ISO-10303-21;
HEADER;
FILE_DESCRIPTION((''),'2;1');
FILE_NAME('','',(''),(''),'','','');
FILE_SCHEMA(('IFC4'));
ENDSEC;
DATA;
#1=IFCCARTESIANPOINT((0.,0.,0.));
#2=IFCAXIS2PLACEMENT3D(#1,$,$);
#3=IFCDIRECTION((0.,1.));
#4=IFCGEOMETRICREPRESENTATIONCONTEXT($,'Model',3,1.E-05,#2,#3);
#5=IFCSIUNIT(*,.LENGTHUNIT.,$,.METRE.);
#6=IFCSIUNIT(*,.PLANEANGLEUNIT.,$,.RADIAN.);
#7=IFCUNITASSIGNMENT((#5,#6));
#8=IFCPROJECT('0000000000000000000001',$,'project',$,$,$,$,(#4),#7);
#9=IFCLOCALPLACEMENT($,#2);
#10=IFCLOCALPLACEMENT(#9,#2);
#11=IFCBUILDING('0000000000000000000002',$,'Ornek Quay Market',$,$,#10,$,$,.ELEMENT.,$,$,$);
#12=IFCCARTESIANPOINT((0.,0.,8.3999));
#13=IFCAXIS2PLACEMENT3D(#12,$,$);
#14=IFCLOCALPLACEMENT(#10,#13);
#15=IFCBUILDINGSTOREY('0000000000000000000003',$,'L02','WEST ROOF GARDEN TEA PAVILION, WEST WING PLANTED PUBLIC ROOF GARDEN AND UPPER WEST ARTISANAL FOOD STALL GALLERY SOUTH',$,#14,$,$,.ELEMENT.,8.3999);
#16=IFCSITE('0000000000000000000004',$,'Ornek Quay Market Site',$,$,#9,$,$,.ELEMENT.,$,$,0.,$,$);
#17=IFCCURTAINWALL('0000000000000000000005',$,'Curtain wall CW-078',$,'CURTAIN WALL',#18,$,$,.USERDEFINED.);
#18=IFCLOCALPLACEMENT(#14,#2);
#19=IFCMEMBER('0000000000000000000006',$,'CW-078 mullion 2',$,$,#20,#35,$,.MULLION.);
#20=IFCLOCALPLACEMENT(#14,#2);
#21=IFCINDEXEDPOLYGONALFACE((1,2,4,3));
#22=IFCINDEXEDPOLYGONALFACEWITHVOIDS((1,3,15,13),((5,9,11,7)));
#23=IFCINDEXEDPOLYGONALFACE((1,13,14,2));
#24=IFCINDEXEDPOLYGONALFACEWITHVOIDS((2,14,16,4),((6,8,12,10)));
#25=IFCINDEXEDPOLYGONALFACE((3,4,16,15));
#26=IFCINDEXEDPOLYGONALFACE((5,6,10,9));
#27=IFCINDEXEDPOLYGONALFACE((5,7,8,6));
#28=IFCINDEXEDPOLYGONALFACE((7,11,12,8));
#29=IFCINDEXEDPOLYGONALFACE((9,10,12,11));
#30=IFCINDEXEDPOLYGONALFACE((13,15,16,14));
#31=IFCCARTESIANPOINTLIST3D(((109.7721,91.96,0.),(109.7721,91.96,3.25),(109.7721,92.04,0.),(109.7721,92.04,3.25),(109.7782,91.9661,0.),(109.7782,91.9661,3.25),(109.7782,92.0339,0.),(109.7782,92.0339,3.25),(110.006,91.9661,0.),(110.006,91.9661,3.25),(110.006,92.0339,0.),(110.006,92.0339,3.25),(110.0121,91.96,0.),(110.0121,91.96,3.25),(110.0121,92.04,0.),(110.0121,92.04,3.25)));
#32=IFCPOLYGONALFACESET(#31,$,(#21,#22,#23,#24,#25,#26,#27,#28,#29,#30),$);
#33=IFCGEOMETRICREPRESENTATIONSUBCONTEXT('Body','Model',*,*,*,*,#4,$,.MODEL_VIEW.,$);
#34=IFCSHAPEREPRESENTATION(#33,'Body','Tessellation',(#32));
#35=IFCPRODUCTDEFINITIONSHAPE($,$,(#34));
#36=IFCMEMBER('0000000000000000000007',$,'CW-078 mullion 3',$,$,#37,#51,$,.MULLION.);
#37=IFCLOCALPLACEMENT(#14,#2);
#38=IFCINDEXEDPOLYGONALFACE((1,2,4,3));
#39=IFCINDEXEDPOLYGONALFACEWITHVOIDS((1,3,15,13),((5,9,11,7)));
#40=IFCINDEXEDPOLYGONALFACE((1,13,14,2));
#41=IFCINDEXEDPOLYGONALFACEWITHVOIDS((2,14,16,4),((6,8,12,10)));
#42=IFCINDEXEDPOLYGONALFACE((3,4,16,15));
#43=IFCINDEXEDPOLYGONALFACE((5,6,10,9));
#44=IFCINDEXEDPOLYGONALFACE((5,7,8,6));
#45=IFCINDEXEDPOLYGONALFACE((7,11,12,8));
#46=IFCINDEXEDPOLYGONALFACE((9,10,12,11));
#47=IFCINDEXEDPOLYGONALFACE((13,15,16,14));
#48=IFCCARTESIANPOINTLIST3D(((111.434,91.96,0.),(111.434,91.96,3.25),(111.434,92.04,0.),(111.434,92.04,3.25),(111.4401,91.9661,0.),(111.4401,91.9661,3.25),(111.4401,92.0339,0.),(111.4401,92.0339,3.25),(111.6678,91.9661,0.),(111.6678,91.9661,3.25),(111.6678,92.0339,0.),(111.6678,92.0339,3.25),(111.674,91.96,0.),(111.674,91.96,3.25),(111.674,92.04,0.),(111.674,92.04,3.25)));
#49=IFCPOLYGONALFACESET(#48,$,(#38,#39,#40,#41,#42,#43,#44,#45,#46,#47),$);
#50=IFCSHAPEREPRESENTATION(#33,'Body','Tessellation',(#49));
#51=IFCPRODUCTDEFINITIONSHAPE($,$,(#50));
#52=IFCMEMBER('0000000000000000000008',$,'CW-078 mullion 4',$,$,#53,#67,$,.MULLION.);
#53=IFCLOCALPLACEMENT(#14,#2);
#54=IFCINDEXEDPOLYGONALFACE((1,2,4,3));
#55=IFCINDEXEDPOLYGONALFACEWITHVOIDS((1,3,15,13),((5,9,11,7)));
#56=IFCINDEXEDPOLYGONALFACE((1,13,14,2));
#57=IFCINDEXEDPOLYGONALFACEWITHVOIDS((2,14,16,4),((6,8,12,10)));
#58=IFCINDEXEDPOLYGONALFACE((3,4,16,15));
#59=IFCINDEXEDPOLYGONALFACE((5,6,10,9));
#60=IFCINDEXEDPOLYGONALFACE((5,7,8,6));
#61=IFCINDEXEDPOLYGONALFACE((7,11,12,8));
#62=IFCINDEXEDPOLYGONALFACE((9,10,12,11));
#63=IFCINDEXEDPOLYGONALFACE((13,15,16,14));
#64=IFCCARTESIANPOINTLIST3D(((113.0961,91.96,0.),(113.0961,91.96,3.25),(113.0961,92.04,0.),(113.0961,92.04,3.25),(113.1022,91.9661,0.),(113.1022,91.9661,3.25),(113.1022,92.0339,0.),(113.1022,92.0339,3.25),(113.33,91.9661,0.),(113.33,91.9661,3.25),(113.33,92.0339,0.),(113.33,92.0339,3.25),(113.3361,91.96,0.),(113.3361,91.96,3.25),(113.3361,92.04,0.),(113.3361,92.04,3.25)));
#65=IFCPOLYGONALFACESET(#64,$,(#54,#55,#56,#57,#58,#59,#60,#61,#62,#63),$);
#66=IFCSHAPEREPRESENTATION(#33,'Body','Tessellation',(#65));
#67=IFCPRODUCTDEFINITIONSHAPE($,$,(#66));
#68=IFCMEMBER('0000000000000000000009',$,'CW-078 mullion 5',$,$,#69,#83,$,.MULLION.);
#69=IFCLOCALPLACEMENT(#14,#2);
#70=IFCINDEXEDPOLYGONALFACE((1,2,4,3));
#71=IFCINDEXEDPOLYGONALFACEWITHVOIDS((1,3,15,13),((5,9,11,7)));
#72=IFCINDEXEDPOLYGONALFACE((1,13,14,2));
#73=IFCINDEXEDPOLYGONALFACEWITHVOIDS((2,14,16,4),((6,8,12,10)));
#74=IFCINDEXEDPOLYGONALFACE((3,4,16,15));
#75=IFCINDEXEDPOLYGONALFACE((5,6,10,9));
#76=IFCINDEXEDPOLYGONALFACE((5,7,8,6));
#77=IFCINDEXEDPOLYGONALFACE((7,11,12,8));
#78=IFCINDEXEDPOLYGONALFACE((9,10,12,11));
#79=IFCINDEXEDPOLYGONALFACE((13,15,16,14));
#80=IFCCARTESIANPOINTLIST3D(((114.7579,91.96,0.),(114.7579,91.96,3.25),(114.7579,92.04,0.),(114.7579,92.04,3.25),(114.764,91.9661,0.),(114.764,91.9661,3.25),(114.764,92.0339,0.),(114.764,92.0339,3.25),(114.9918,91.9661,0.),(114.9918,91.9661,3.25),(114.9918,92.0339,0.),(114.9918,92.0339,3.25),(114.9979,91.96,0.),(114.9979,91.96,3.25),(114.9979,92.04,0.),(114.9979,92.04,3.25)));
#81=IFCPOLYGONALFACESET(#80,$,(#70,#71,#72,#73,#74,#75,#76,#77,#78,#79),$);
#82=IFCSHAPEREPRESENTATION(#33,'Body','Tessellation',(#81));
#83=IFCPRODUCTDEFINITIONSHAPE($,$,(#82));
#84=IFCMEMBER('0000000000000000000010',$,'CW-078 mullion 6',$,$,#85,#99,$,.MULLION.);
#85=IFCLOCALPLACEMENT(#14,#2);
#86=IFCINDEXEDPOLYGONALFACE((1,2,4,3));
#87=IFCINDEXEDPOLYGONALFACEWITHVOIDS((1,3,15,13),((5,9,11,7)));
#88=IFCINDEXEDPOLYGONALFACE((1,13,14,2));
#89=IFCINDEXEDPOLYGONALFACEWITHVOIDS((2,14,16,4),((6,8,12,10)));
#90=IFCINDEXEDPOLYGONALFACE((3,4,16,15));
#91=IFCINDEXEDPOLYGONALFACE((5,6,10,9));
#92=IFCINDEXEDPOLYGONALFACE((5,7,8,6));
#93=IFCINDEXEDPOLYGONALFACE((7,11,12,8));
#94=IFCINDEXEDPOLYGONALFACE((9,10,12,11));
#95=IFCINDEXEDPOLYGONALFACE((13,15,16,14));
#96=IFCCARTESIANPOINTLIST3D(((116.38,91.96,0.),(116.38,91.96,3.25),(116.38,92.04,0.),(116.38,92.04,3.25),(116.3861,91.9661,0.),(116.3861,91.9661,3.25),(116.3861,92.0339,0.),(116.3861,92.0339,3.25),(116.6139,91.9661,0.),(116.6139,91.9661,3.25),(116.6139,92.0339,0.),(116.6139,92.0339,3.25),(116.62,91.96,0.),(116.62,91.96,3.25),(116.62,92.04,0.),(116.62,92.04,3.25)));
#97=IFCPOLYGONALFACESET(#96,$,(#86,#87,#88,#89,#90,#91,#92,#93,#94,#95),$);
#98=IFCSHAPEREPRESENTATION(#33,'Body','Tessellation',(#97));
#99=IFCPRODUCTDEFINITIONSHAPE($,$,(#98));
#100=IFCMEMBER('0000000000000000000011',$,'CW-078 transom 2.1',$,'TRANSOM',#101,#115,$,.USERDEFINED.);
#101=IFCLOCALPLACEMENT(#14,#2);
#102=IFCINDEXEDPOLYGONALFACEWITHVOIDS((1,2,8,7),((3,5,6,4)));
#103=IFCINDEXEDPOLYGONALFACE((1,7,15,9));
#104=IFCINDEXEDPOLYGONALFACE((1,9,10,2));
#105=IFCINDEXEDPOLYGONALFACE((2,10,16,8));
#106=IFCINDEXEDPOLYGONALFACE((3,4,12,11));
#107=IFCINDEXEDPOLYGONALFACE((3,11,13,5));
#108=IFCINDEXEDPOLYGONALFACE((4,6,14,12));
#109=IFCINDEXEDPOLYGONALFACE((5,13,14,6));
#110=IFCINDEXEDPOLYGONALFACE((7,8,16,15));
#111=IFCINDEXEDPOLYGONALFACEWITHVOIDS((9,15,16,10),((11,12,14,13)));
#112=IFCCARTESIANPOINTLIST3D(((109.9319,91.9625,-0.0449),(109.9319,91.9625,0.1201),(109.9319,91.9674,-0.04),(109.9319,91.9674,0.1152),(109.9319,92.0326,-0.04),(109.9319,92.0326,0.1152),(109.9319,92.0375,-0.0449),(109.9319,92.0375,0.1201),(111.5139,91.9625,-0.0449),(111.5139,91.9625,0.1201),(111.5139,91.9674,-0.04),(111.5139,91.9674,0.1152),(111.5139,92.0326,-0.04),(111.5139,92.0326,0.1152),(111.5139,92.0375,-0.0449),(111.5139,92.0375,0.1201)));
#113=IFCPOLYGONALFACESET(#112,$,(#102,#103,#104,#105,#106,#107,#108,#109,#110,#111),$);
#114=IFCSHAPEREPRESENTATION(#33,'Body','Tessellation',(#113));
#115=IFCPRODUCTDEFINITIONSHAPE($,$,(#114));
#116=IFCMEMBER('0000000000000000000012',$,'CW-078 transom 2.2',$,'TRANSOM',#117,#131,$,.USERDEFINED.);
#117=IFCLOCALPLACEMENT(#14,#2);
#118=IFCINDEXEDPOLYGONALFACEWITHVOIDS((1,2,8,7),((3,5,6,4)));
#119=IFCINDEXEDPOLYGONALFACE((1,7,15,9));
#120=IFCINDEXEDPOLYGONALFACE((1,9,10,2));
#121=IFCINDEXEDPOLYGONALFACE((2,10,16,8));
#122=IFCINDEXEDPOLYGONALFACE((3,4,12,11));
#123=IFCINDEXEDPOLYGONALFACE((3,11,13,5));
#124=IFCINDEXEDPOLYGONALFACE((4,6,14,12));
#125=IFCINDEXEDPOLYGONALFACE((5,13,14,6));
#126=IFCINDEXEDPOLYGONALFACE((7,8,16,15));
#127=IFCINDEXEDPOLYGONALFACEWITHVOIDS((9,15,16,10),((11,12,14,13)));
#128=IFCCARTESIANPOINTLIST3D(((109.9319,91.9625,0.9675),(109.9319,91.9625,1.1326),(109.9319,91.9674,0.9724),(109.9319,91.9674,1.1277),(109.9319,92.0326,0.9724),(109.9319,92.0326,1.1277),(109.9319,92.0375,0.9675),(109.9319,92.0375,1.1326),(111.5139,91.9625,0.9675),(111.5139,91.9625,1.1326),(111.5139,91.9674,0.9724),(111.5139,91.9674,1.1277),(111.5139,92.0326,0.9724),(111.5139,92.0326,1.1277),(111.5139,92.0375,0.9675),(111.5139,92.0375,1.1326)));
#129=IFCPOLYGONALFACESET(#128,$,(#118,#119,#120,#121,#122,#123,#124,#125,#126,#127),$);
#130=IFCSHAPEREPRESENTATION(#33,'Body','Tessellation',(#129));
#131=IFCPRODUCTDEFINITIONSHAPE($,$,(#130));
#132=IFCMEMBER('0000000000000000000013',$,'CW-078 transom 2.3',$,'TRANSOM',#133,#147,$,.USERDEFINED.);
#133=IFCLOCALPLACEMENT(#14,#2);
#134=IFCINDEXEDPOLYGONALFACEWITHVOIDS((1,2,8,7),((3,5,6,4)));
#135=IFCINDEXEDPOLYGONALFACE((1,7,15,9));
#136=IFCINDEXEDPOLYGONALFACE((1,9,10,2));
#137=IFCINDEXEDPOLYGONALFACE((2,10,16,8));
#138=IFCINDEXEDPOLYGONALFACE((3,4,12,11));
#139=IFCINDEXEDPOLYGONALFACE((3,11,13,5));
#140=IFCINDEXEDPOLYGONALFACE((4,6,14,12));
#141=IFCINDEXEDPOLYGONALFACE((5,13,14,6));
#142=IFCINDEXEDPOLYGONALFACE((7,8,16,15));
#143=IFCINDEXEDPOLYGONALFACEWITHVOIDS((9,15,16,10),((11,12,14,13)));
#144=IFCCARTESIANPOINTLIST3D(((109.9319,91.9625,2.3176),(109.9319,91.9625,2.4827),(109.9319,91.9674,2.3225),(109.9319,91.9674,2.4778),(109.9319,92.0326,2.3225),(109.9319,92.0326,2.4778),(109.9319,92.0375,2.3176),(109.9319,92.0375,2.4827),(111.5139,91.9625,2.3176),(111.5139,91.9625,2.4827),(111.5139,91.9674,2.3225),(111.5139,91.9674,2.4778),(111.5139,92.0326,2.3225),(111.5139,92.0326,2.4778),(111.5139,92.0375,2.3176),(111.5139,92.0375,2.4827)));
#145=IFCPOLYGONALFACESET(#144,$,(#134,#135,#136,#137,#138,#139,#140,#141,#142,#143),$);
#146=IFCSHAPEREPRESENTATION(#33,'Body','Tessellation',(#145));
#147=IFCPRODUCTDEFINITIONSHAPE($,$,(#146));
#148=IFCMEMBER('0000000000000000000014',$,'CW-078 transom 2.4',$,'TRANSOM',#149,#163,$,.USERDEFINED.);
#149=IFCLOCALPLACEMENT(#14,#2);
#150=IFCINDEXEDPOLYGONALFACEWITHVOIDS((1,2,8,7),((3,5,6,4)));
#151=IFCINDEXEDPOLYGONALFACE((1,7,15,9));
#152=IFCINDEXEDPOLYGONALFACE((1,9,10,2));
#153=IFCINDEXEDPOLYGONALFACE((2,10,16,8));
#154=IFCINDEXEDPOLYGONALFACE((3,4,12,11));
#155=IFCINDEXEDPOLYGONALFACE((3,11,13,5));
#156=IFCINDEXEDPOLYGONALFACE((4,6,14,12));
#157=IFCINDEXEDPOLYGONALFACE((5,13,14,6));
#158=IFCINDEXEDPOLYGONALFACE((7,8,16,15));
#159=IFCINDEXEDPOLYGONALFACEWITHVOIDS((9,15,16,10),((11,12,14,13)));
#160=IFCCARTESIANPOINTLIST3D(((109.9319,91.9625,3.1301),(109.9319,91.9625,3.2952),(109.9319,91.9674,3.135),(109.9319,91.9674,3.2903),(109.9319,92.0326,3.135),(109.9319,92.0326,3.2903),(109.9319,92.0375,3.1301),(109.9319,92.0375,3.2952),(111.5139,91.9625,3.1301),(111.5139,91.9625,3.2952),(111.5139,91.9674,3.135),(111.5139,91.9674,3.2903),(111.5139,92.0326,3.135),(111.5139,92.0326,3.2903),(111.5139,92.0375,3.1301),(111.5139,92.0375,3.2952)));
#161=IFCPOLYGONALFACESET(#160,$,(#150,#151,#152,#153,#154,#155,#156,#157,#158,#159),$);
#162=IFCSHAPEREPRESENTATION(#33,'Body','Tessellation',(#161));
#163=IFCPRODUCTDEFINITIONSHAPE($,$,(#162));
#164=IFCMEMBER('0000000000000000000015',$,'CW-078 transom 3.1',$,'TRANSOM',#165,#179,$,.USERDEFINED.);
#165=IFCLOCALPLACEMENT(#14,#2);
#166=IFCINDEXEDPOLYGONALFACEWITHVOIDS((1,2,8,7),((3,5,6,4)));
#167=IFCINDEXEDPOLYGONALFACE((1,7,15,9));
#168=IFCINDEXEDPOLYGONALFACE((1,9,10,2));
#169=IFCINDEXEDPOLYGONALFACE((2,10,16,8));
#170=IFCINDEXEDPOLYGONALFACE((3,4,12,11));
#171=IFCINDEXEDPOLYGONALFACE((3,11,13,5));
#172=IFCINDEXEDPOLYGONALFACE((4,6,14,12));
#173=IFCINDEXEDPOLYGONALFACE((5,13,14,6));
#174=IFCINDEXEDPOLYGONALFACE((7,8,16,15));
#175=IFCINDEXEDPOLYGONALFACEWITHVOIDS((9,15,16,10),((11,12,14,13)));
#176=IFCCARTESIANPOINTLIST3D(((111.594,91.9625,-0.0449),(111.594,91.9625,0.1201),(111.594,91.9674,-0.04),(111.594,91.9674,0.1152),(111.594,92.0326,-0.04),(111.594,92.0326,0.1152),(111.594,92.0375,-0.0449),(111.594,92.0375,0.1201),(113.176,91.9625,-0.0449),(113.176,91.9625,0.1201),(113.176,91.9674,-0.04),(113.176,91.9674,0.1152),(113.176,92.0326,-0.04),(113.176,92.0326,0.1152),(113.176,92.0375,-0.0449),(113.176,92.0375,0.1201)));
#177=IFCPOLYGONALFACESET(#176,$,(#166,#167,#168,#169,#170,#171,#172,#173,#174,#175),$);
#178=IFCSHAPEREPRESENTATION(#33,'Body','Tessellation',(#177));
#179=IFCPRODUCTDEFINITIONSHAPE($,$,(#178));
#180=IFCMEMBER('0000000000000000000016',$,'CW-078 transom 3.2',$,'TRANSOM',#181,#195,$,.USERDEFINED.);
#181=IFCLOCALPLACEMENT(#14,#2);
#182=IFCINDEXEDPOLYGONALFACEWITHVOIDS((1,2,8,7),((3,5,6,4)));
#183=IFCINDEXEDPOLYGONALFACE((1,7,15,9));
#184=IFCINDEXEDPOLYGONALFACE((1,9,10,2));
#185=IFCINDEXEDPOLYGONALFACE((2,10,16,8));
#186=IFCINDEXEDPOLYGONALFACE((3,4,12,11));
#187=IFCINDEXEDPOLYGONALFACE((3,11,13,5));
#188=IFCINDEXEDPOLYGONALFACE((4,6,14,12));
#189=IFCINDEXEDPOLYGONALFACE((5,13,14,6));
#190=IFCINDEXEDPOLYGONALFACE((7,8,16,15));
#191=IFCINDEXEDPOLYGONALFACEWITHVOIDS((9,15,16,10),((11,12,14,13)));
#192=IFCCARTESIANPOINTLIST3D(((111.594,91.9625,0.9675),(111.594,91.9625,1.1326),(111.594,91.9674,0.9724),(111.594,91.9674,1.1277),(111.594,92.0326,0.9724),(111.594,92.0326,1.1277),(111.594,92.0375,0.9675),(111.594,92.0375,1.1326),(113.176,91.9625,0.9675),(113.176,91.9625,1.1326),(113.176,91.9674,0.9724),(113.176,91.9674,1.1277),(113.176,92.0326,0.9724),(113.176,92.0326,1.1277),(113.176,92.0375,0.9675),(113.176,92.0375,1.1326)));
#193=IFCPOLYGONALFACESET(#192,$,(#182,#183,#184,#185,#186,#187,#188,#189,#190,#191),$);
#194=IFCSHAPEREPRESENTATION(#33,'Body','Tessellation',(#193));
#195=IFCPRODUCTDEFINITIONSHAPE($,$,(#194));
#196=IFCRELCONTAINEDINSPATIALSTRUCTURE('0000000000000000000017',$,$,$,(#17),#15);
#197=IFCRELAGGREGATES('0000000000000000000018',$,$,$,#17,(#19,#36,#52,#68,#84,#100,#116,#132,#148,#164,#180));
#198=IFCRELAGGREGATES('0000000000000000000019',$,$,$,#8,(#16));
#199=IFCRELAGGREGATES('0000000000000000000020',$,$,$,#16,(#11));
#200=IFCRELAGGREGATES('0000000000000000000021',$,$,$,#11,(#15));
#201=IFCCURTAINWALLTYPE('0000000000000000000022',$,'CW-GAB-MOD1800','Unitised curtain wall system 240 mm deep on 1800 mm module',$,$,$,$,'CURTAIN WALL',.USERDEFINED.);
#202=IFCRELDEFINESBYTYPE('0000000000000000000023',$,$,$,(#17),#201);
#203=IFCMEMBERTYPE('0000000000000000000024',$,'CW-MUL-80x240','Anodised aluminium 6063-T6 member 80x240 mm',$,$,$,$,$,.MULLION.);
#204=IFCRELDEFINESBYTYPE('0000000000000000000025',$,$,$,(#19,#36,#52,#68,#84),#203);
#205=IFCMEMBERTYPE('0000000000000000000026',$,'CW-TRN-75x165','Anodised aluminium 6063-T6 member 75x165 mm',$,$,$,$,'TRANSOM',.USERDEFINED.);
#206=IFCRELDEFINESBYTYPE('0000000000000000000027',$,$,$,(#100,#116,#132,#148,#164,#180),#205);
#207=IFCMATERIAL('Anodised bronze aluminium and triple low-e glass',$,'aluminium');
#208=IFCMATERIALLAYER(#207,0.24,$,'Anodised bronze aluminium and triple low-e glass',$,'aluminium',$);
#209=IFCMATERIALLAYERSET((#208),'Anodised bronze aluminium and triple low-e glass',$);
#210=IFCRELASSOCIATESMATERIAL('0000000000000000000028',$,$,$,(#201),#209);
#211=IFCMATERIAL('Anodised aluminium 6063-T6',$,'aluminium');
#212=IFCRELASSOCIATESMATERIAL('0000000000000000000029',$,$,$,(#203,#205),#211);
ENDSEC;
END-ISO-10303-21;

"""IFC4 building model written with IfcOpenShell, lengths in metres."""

from ifc_helpers import new_model, si_unit, direction, frame, origin, origin_2d, place, context, subcontext, project, spatial, hollow_rectangle, extrude, material, layer, layer_set, material_profile, profile_set, type_object, element, aggregate, save


model = new_model("IFC4")

# Units and contexts
model_context = context("Model", 3, precision=1e-05, world=origin(), true_north=direction((0.0, 1.0)))
body_context = subcontext(model_context, "Body", "Model", "MODEL_VIEW")
ifc_project = project(units=[si_unit("LENGTHUNIT", "METRE"), si_unit("PLANEANGLEUNIT", "RADIAN")], contexts=[model_context])

# Site, building, storey
site_placement = place(None, origin())
site = spatial("IfcSite", under=ifc_project, at=site_placement, Name="Ornek Quay Market Site", CompositionType="ELEMENT", RefElevation=0.0)
building_placement = place(site_placement, origin())
building = spatial("IfcBuilding", under=site, at=building_placement, Name="Ornek Quay Market", CompositionType="ELEMENT")
storey_placement = place(building_placement, frame((0.0, 0.0, 8.3999)))
storey = spatial("IfcBuildingStorey", under=building, at=storey_placement, Name="L02", Description="WEST ROOF GARDEN TEA PAVILION, WEST WING PLANTED PUBLIC ROOF GARDEN AND UPPER WEST ARTISANAL FOOD STALL GALLERY SOUTH", CompositionType="ELEMENT", Elevation=8.3999)

# Curtain wall, members
ifc_material_1 = material(Name="Anodised bronze aluminium and triple low-e glass", Category="aluminium")
ifc_layer_1 = layer(ifc_material_1, 0.24, Name="Anodised bronze aluminium and triple low-e glass", Category="aluminium")
ifc_layer_set_1 = layer_set([ifc_layer_1], Name="Anodised bronze aluminium and triple low-e glass")
curtain_wall_type = type_object("IfcCurtainWallType", Name="CW-GAB-MOD1800", Description="Unitised curtain wall system 240 mm deep on 1800 mm module", ElementType="CURTAIN WALL", PredefinedType="USERDEFINED", material=ifc_layer_set_1)
curtain_wall_placement = place(storey_placement, origin())
curtain_wall = element("IfcCurtainWall", 1, at=curtain_wall_placement, inside=storey, type_object=curtain_wall_type, Name="Curtain wall CW-078", ObjectType="CURTAIN WALL", PredefinedType="USERDEFINED")
ifc_material_2 = material(Name="Anodised aluminium 6063-T6", Category="aluminium")
ifc_material_profile_1 = material_profile(ifc_material_2, hollow_rectangle(XDim=0.0801, YDim=0.24, WallThickness=0.0061, at=origin_2d()), Name="CW-MUL-80x240", Category="aluminium")
ifc_profile_set_1 = profile_set([ifc_material_profile_1], Name="Anodised aluminium 6063-T6")
member_type_1 = type_object("IfcMemberType", Name="CW-MUL-80x240", Description="Anodised aluminium 6063-T6 member 80x240 mm", PredefinedType="MULLION", material=ifc_profile_set_1)
member_1_placement = place(storey_placement, frame((109.8921, 92.0, 0.0), z_axis=(0.0, 0.0, 1.0), x_axis=(0.0, 1.0, 0.0)))
member_1 = element("IfcMember", 2, at=member_1_placement, type_object=member_type_1, Name="CW-078 mullion 2", PredefinedType="MULLION", context=body_context, shape_type="SweptSolid", body=[
    extrude(hollow_rectangle(XDim=0.0801, YDim=0.24, WallThickness=0.0061, at=origin_2d()), origin(), (0.0, 0.0, 1.0), 3.25),
])
member_2_placement = place(storey_placement, frame((111.554, 92.0, 0.0), z_axis=(0.0, 0.0, 1.0), x_axis=(0.0, 1.0, 0.0)))
member_2 = element("IfcMember", 3, at=member_2_placement, type_object=member_type_1, Name="CW-078 mullion 3", PredefinedType="MULLION", context=body_context, shape_type="SweptSolid", body=[
    extrude(hollow_rectangle(XDim=0.0801, YDim=0.24, WallThickness=0.0061, at=origin_2d()), origin(), (0.0, 0.0, 1.0), 3.25),
])
member_3_placement = place(storey_placement, frame((113.2161, 92.0, 0.0), z_axis=(0.0, 0.0, 1.0), x_axis=(0.0, 1.0, 0.0)))
member_3 = element("IfcMember", 4, at=member_3_placement, type_object=member_type_1, Name="CW-078 mullion 4", PredefinedType="MULLION", context=body_context, shape_type="SweptSolid", body=[
    extrude(hollow_rectangle(XDim=0.0801, YDim=0.24, WallThickness=0.0061, at=origin_2d()), origin(), (0.0, 0.0, 1.0), 3.25),
])
member_4_placement = place(storey_placement, frame((114.8779, 92.0, 0.0), z_axis=(0.0, 0.0, 1.0), x_axis=(0.0, 1.0, 0.0)))
member_4 = element("IfcMember", 5, at=member_4_placement, type_object=member_type_1, Name="CW-078 mullion 5", PredefinedType="MULLION", context=body_context, shape_type="SweptSolid", body=[
    extrude(hollow_rectangle(XDim=0.0801, YDim=0.24, WallThickness=0.0061, at=origin_2d()), origin(), (0.0, 0.0, 1.0), 3.25),
])
member_5_placement = place(storey_placement, frame((116.5, 92.0, 0.0), z_axis=(0.0, 0.0, 1.0), x_axis=(0.0, 1.0, 0.0)))
member_5 = element("IfcMember", 6, at=member_5_placement, type_object=member_type_1, Name="CW-078 mullion 6", PredefinedType="MULLION", context=body_context, shape_type="SweptSolid", body=[
    extrude(hollow_rectangle(XDim=0.0801, YDim=0.24, WallThickness=0.0061, at=origin_2d()), origin(), (0.0, 0.0, 1.0), 3.25),
])
ifc_material_profile_2 = material_profile(ifc_material_2, hollow_rectangle(XDim=0.075, YDim=0.165, WallThickness=0.0049, at=origin_2d()), Name="CW-TRN-75x165", Category="aluminium")
ifc_profile_set_2 = profile_set([ifc_material_profile_2], Name="Anodised aluminium 6063-T6")
member_type_2 = type_object("IfcMemberType", Name="CW-TRN-75x165", Description="Anodised aluminium 6063-T6 member 75x165 mm", ElementType="TRANSOM", PredefinedType="USERDEFINED", material=ifc_profile_set_2)
member_6_placement = place(storey_placement, frame((109.9319, 92.0, 0.0376), z_axis=(1.0, 0.0, 0.0), x_axis=(0.0, 1.0, 0.0)))
member_6 = element("IfcMember", 7, at=member_6_placement, type_object=member_type_2, Name="CW-078 transom 2.1", ObjectType="TRANSOM", PredefinedType="USERDEFINED", context=body_context, shape_type="SweptSolid", body=[
    extrude(hollow_rectangle(XDim=0.075, YDim=0.165, WallThickness=0.0049, at=origin_2d()), origin(), (0.0, 0.0, 1.0), 1.582),
])
member_7_placement = place(storey_placement, frame((109.9319, 92.0, 1.05), z_axis=(1.0, 0.0, 0.0), x_axis=(0.0, 1.0, 0.0)))
member_7 = element("IfcMember", 8, at=member_7_placement, type_object=member_type_2, Name="CW-078 transom 2.2", ObjectType="TRANSOM", PredefinedType="USERDEFINED", context=body_context, shape_type="SweptSolid", body=[
    extrude(hollow_rectangle(XDim=0.075, YDim=0.165, WallThickness=0.0049, at=origin_2d()), origin(), (0.0, 0.0, 1.0), 1.582),
])
member_8_placement = place(storey_placement, frame((109.9319, 92.0, 2.4001), z_axis=(1.0, 0.0, 0.0), x_axis=(0.0, 1.0, 0.0)))
member_8 = element("IfcMember", 9, at=member_8_placement, type_object=member_type_2, Name="CW-078 transom 2.3", ObjectType="TRANSOM", PredefinedType="USERDEFINED", context=body_context, shape_type="SweptSolid", body=[
    extrude(hollow_rectangle(XDim=0.075, YDim=0.165, WallThickness=0.0049, at=origin_2d()), origin(), (0.0, 0.0, 1.0), 1.582),
])
member_9_placement = place(storey_placement, frame((109.9319, 92.0, 3.2126), z_axis=(1.0, 0.0, 0.0), x_axis=(0.0, 1.0, 0.0)))
member_9 = element("IfcMember", 10, at=member_9_placement, type_object=member_type_2, Name="CW-078 transom 2.4", ObjectType="TRANSOM", PredefinedType="USERDEFINED", context=body_context, shape_type="SweptSolid", body=[
    extrude(hollow_rectangle(XDim=0.075, YDim=0.165, WallThickness=0.0049, at=origin_2d()), origin(), (0.0, 0.0, 1.0), 1.582),
])
member_10_placement = place(storey_placement, frame((111.594, 92.0, 0.0376), z_axis=(1.0, 0.0, 0.0), x_axis=(0.0, 1.0, 0.0)))
member_10 = element("IfcMember", 11, at=member_10_placement, type_object=member_type_2, Name="CW-078 transom 3.1", ObjectType="TRANSOM", PredefinedType="USERDEFINED", context=body_context, shape_type="SweptSolid", body=[
    extrude(hollow_rectangle(XDim=0.075, YDim=0.165, WallThickness=0.0049, at=origin_2d()), origin(), (0.0, 0.0, 1.0), 1.582),
])
member_11_placement = place(storey_placement, frame((111.594, 92.0, 1.05), z_axis=(1.0, 0.0, 0.0), x_axis=(0.0, 1.0, 0.0)))
member_11 = element("IfcMember", 12, at=member_11_placement, type_object=member_type_2, Name="CW-078 transom 3.2", ObjectType="TRANSOM", PredefinedType="USERDEFINED", context=body_context, shape_type="SweptSolid", body=[
    extrude(hollow_rectangle(XDim=0.075, YDim=0.165, WallThickness=0.0049, at=origin_2d()), origin(), (0.0, 0.0, 1.0), 1.582),
])
aggregate(curtain_wall, [member_1, member_2, member_3, member_4, member_5, member_6, member_7, member_8, member_9, member_10, member_11])

save(model, "model.ifc")
